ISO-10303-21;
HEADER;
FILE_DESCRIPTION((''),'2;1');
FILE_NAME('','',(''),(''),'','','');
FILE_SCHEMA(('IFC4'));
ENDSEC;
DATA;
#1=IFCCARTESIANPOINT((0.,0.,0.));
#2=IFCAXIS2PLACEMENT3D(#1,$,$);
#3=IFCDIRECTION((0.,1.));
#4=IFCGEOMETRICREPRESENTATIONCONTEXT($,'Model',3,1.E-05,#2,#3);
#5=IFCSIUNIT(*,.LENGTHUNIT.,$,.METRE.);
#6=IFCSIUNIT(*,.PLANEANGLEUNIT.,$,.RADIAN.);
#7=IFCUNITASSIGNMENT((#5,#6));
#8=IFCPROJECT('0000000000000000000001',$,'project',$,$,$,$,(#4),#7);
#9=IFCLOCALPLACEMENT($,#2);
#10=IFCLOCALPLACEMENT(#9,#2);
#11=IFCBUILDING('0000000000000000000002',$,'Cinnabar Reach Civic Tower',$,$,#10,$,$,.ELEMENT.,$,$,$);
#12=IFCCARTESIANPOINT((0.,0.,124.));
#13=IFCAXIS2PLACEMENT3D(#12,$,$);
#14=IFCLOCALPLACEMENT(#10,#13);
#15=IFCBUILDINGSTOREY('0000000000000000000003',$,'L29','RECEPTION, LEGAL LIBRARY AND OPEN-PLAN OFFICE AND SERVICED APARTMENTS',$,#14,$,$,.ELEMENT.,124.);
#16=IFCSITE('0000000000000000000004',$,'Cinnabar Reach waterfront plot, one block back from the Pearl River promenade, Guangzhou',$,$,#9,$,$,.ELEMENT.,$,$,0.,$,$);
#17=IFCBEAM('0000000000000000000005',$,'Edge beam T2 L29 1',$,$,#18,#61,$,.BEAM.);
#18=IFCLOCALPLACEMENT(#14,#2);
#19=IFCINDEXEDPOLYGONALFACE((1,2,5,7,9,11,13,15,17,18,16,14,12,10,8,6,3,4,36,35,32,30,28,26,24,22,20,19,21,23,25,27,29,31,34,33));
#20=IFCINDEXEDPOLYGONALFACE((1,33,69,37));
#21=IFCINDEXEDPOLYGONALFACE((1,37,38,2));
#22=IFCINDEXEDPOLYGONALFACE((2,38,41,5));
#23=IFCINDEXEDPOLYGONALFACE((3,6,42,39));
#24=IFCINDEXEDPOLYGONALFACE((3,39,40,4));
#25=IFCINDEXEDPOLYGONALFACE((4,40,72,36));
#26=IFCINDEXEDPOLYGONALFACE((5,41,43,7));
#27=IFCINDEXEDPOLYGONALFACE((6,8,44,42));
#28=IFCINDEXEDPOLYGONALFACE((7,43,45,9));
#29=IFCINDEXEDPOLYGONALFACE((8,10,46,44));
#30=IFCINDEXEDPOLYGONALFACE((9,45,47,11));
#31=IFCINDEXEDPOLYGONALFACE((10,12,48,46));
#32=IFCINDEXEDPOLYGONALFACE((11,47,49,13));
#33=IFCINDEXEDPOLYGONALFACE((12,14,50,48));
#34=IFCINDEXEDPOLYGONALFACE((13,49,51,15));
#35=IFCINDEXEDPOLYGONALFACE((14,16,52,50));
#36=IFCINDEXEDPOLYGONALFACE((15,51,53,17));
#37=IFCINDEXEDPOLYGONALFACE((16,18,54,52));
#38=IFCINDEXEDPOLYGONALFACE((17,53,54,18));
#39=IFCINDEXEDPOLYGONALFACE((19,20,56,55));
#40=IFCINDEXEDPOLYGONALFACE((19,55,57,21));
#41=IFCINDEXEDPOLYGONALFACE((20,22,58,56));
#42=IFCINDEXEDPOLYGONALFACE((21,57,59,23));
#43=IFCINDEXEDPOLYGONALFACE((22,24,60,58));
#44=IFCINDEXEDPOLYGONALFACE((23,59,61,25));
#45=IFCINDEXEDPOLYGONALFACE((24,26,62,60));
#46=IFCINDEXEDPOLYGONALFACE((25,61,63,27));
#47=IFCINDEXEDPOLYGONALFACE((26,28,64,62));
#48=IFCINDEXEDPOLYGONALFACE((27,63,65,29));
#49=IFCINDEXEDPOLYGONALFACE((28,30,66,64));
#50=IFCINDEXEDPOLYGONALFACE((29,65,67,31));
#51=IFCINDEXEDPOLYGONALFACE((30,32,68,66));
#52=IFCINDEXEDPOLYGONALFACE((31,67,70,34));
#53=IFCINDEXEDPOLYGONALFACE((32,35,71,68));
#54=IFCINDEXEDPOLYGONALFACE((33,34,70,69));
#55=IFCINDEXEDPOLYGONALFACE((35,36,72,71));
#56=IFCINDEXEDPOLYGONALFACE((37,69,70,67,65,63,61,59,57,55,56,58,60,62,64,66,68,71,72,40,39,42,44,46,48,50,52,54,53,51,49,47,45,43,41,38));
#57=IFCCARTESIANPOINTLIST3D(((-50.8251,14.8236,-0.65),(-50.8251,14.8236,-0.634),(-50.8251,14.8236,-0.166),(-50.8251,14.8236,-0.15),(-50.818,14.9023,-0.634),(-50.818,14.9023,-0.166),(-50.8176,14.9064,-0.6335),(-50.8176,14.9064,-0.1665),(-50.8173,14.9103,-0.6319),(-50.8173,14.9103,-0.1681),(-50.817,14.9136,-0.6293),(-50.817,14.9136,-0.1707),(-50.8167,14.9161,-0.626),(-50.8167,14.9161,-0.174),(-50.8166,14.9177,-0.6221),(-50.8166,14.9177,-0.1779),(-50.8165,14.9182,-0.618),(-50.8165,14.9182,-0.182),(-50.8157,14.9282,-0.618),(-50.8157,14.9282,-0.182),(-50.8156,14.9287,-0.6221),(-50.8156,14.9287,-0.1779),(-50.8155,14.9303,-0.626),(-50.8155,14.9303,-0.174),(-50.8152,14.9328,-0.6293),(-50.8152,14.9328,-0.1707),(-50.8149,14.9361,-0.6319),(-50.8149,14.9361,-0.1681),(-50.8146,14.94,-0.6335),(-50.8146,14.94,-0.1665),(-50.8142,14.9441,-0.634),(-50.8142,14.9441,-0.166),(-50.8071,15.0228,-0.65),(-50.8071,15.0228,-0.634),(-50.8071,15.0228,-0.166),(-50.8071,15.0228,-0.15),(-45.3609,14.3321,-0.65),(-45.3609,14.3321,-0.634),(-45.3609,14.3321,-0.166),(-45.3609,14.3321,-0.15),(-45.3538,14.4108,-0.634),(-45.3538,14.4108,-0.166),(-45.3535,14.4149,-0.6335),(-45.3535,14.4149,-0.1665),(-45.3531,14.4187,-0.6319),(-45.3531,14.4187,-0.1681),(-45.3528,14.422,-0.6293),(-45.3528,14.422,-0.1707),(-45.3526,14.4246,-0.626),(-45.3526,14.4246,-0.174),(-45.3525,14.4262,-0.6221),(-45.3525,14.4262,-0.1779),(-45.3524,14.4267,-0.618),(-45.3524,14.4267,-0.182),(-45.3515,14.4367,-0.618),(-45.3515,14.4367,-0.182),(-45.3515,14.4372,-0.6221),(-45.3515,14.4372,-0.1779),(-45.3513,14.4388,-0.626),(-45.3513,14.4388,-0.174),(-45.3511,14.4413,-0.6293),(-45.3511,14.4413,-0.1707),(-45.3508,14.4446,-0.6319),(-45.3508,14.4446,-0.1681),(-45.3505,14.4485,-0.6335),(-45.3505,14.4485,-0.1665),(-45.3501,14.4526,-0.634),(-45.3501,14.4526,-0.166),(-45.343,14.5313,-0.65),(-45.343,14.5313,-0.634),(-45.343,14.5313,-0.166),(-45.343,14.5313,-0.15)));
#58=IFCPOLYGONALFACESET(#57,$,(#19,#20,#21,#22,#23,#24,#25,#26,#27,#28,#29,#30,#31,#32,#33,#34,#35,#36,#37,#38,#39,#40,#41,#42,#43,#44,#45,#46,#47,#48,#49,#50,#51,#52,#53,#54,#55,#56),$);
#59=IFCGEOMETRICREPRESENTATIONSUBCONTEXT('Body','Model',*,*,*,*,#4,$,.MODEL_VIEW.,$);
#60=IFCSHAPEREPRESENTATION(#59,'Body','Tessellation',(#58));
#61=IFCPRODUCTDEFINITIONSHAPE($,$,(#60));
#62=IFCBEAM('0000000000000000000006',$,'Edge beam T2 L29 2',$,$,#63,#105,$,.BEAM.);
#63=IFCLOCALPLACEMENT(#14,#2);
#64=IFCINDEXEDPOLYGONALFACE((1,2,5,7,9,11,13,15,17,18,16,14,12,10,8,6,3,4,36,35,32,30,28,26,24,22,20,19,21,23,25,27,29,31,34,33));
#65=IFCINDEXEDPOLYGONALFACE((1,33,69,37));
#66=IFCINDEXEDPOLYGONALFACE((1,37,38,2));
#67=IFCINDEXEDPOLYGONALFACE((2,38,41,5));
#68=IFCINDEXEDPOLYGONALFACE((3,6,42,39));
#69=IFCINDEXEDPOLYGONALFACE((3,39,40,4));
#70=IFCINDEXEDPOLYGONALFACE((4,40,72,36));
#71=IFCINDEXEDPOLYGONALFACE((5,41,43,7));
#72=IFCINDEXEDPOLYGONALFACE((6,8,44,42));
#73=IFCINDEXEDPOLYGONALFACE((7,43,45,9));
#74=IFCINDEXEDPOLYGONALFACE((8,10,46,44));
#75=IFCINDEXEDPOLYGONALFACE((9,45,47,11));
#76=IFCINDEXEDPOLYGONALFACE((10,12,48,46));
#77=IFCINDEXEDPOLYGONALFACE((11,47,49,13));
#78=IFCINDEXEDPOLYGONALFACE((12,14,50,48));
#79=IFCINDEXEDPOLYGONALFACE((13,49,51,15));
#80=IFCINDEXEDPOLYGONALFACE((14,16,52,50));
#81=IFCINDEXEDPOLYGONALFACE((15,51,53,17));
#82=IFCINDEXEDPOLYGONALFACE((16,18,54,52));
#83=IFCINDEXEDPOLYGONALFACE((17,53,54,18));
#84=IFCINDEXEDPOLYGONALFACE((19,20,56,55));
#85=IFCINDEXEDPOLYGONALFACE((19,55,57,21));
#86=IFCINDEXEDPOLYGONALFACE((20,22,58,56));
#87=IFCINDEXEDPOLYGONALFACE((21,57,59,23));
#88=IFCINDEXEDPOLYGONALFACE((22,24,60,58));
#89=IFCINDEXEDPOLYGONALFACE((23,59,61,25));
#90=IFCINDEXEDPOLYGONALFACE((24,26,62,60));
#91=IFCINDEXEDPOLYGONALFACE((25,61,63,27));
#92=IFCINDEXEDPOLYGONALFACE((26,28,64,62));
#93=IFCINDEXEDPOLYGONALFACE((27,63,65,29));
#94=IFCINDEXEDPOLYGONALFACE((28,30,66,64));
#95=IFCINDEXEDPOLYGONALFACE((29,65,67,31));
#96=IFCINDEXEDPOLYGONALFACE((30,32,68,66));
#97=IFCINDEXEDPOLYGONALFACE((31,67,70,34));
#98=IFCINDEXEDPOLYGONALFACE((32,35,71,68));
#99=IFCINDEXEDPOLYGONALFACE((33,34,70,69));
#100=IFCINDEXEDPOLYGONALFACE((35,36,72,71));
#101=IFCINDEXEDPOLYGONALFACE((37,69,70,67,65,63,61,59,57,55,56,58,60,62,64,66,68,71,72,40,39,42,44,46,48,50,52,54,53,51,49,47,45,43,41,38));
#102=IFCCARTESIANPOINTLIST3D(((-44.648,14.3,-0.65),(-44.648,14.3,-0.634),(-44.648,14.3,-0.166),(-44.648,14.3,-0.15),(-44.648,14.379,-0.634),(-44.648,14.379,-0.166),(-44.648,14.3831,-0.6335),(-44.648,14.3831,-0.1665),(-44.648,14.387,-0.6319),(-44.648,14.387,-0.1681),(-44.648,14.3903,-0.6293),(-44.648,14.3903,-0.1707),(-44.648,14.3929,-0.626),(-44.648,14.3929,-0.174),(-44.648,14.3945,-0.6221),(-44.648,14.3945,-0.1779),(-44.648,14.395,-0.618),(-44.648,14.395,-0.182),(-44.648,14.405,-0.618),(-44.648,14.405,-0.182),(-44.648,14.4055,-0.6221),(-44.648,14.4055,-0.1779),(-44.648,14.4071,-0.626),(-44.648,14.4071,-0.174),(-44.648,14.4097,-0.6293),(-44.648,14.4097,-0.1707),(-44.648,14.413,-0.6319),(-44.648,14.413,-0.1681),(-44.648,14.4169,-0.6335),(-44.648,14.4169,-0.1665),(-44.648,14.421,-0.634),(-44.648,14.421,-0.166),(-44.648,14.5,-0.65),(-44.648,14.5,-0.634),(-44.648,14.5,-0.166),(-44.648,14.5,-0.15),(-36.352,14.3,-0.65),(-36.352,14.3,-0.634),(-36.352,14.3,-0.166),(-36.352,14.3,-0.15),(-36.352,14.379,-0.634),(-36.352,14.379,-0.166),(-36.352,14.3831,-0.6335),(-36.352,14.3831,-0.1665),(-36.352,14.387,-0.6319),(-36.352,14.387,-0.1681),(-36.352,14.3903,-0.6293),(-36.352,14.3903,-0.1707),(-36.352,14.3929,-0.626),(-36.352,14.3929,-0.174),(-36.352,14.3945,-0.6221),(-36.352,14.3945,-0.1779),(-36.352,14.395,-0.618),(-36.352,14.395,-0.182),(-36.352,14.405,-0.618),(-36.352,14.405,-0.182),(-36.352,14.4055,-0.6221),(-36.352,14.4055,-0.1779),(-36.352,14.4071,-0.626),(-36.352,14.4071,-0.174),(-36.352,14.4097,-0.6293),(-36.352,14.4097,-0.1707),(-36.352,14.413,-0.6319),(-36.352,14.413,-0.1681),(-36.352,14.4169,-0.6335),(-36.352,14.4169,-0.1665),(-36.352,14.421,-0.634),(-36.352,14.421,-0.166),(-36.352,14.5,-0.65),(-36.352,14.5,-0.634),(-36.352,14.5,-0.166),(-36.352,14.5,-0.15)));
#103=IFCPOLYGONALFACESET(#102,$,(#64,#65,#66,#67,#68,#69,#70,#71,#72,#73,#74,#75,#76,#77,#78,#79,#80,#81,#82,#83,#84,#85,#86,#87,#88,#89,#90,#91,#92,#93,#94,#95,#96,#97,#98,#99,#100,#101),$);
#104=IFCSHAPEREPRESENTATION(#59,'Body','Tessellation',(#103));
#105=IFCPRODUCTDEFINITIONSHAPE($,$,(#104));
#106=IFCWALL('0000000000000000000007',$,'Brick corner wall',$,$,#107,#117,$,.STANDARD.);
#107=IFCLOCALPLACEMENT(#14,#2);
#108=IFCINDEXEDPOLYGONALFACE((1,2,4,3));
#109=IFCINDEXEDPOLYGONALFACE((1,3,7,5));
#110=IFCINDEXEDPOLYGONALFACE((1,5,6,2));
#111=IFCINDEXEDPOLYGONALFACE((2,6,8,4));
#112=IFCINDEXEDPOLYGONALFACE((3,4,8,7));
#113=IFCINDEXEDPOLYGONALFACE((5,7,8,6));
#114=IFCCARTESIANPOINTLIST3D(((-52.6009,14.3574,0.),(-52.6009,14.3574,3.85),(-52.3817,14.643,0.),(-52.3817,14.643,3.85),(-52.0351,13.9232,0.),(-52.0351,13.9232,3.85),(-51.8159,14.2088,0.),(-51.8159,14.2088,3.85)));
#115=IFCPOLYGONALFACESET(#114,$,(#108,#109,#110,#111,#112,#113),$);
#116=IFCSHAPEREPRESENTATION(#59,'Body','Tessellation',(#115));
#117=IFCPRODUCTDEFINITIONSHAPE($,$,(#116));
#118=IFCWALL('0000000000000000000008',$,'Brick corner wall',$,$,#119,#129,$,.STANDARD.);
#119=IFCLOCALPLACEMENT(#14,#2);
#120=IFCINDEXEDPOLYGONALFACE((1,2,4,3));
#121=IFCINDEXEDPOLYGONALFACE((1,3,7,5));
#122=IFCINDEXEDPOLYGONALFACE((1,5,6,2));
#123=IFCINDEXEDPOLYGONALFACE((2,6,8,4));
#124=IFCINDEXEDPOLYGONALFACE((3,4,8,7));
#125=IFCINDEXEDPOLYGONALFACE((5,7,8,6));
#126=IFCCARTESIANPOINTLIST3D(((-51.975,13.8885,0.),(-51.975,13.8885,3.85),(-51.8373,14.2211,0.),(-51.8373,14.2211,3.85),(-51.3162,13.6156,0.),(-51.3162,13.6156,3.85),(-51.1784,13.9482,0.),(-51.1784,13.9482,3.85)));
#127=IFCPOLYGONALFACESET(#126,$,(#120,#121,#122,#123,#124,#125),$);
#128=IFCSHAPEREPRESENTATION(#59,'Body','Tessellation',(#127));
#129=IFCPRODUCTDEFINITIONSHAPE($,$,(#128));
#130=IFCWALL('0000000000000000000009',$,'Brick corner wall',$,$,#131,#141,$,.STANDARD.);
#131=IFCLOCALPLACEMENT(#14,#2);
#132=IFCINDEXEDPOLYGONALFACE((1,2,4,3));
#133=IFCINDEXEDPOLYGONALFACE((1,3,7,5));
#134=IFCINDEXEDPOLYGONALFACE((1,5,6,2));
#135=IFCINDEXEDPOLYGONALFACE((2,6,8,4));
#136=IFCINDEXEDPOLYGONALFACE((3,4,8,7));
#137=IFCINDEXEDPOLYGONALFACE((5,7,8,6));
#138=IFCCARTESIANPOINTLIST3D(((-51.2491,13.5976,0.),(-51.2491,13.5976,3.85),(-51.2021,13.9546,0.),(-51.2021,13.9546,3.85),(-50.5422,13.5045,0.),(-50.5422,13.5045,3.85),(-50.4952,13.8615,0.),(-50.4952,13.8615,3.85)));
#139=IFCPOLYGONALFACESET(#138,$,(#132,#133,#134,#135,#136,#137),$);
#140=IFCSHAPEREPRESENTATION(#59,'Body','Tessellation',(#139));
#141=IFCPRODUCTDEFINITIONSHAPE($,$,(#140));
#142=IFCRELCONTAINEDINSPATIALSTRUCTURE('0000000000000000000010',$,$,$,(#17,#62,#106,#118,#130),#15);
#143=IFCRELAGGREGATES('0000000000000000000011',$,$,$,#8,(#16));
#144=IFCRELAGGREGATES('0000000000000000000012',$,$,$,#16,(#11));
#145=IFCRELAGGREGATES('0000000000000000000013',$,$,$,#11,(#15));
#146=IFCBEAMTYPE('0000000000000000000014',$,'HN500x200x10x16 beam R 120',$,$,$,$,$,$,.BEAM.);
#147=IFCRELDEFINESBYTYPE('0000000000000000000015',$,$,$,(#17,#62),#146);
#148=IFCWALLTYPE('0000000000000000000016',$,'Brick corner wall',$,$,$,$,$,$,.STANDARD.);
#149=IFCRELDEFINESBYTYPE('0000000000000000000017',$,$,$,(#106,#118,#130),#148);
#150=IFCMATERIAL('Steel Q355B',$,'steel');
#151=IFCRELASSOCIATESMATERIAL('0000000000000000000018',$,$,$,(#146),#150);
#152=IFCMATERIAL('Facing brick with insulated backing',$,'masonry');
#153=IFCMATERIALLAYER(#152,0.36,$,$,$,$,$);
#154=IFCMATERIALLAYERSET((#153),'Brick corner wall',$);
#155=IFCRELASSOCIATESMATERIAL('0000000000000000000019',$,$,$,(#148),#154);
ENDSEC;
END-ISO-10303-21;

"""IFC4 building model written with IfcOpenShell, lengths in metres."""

from ifc_helpers import new_model, si_unit, direction, frame, frame_2d, origin, origin_2d, place, context, subcontext, project, spatial, rectangle, i_section, extrude, material, layer, layer_set, material_profile, profile_set, type_object, element, save


model = new_model("IFC4")

# Units and contexts
model_context = context("Model", 3, precision=1e-05, world=origin(), true_north=direction((0.0, 1.0)))
body_context = subcontext(model_context, "Body", "Model", "MODEL_VIEW")
ifc_project = project(units=[si_unit("LENGTHUNIT", "METRE"), si_unit("PLANEANGLEUNIT", "RADIAN")], contexts=[model_context])

# Site, building, storey
site_placement = place(None, origin())
site = spatial("IfcSite", under=ifc_project, at=site_placement, Name="Cinnabar Reach waterfront plot, one block back from the Pearl River promenade, Guangzhou", CompositionType="ELEMENT", RefElevation=0.0)
building_placement = place(site_placement, origin())
building = spatial("IfcBuilding", under=site, at=building_placement, Name="Cinnabar Reach Civic Tower", CompositionType="ELEMENT")
storey_placement = place(building_placement, frame((0.0, 0.0, 124.0)))
storey = spatial("IfcBuildingStorey", under=building, at=storey_placement, Name="L29", Description="RECEPTION, LEGAL LIBRARY AND OPEN-PLAN OFFICE AND SERVICED APARTMENTS", CompositionType="ELEMENT", Elevation=124.0)

# Beams
ifc_material_1 = material(Name="Steel Q355B", Category="steel")
ifc_material_profile_1 = material_profile(ifc_material_1, i_section(OverallWidth=0.2, OverallDepth=0.5, WebThickness=0.01, FlangeThickness=0.016, FilletRadius=0.016, at=origin_2d()), Name="HN500x200x10x16")
ifc_profile_set_1 = profile_set([ifc_material_profile_1], Name="Steel Q355B")
beam_type_1 = type_object("IfcBeamType", Name="HN500x200x10x16 beam R 120", PredefinedType="BEAM", material=ifc_profile_set_1)
beam_1_placement = place(storey_placement, frame((-50.8161, 14.9232, -0.4), z_axis=(0.995979, -0.089589, 0.0), x_axis=(0.089589, 0.995979, 0.0)))
element("IfcBeam", 1, at=beam_1_placement, inside=storey, type_object=beam_type_1, Name="Edge beam T2 L29 1", PredefinedType="BEAM", context=body_context, shape_type="SweptSolid", body=[
    extrude(i_section(OverallWidth=0.2, OverallDepth=0.5, WebThickness=0.01, FlangeThickness=0.016, FilletRadius=0.016, at=origin_2d()), origin(), (0.0, 0.0, 1.0), 5.4862),
])
beam_2_placement = place(storey_placement, frame((-44.648, 14.4, -0.4), z_axis=(1.0, 0.0, 0.0), x_axis=(0.0, 1.0, 0.0)))
element("IfcBeam", 2, at=beam_2_placement, inside=storey, type_object=beam_type_1, Name="Edge beam T2 L29 2", PredefinedType="BEAM", context=body_context, shape_type="SweptSolid", body=[
    extrude(i_section(OverallWidth=0.2, OverallDepth=0.5, WebThickness=0.01, FlangeThickness=0.016, FilletRadius=0.016, at=origin_2d()), origin(), (0.0, 0.0, 1.0), 8.296),
])

# Walls
ifc_material_2 = material(Name="Facing brick with insulated backing", Category="masonry")
ifc_layer_1 = layer(ifc_material_2, 0.36)
ifc_layer_set_1 = layer_set([ifc_layer_1], Name="Brick corner wall")
wall_type_1 = type_object("IfcWallType", Name="Brick corner wall", PredefinedType="STANDARD", material=ifc_layer_set_1)
wall_1_placement = place(storey_placement, frame((-52.4913, 14.5002, 0.0), z_axis=(0.0, 0.0, 1.0), x_axis=(0.793322, -0.608802, 0.0)))
element("IfcWall", 3, at=wall_1_placement, inside=storey, type_object=wall_type_1, Name="Brick corner wall", PredefinedType="STANDARD", context=body_context, shape_type="SweptSolid", body=[
    extrude(rectangle(XDim=0.7132, YDim=0.36, at=frame_2d((0.3566, 0.0))), origin(), (0.0, 0.0, 1.0), 3.85),
])
for number, where, z_axis, x_axis, name in (
    (4, (-51.9061, 14.0548, 0.0), (0.0, 0.0, 1.0), (0.923872, -0.382703, 0.0), "Brick corner wall"),
    (5, (-51.2256, 13.7761, 0.0), (0.0, 0.0, 1.0), (0.991441, -0.130556, 0.0), "Brick corner wall"),
):
    element("IfcWall", number, at=place(storey_placement, frame(where, z_axis=z_axis, x_axis=x_axis)), inside=storey, type_object=wall_type_1, Name=name, PredefinedType="STANDARD", context=body_context, shape_type="SweptSolid", body=[
        extrude(rectangle(XDim=0.7131, YDim=0.36, at=frame_2d((0.3565, 0.0))), origin(), (0.0, 0.0, 1.0), 3.85),
    ])

save(model, "model.ifc")
